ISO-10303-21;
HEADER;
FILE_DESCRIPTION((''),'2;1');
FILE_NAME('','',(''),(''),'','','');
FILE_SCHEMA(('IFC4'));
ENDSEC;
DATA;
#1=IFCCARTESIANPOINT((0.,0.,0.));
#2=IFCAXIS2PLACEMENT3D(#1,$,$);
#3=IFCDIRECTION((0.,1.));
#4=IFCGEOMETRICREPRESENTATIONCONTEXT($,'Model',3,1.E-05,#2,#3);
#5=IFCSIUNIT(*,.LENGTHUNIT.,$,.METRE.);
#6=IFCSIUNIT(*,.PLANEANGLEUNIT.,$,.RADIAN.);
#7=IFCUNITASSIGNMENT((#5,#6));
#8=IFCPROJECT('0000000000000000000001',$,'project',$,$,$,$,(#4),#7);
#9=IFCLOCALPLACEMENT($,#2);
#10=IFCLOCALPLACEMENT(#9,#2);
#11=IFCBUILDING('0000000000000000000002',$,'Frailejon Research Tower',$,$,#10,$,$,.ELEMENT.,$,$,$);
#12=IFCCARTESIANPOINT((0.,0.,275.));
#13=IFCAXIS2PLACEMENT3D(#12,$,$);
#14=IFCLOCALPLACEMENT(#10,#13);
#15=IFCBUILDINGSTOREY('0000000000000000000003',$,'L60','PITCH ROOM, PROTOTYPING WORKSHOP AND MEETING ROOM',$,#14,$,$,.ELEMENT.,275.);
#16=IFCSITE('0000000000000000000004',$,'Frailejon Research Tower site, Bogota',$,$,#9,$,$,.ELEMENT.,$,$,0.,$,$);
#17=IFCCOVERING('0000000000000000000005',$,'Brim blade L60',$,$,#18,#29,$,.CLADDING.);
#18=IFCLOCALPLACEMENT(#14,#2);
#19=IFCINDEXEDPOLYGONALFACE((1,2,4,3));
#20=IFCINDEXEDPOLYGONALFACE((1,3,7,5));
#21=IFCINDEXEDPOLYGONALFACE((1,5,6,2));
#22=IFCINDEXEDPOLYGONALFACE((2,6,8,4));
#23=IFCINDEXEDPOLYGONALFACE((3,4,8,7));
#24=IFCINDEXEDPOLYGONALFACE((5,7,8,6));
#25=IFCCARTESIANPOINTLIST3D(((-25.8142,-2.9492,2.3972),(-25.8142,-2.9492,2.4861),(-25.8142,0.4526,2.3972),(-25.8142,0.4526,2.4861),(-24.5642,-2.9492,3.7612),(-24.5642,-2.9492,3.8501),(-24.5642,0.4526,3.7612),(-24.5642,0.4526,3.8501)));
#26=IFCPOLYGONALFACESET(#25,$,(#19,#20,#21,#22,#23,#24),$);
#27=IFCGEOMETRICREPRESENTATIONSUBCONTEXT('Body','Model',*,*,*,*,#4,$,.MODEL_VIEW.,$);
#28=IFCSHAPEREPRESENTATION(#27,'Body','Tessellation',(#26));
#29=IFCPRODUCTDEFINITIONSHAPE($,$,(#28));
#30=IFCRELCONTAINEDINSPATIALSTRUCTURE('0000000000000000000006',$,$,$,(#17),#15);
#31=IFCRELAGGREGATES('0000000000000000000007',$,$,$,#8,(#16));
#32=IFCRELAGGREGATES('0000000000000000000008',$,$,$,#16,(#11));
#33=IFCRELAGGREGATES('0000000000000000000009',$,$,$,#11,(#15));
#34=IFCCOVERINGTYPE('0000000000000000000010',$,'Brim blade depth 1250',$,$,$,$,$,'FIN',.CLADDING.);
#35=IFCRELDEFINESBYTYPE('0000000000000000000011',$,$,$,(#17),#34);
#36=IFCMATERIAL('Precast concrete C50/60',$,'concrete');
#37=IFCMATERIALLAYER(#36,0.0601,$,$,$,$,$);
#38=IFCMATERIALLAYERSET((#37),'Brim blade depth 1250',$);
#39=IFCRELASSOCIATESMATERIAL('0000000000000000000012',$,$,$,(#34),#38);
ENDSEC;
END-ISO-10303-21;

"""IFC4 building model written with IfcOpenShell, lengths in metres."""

from ifc_helpers import new_model, si_unit, direction, frame, origin, place, context, subcontext, project, spatial, polyline, outline, extrude, material, layer, layer_set, type_object, element, save


model = new_model("IFC4")

# Units and contexts
model_context = context("Model", 3, precision=1e-05, world=origin(), true_north=direction((0.0, 1.0)))
body_context = subcontext(model_context, "Body", "Model", "MODEL_VIEW")
ifc_project = project(units=[si_unit("LENGTHUNIT", "METRE"), si_unit("PLANEANGLEUNIT", "RADIAN")], contexts=[model_context])

# Site, building, storey
site_placement = place(None, origin())
site = spatial("IfcSite", under=ifc_project, at=site_placement, Name="Frailejon Research Tower site, Bogota", CompositionType="ELEMENT", RefElevation=0.0)
building_placement = place(site_placement, origin())
building = spatial("IfcBuilding", under=site, at=building_placement, Name="Frailejon Research Tower", CompositionType="ELEMENT")
storey_placement = place(building_placement, frame((0.0, 0.0, 275.0)))
storey = spatial("IfcBuildingStorey", under=building, at=storey_placement, Name="L60", Description="PITCH ROOM, PROTOTYPING WORKSHOP AND MEETING ROOM", CompositionType="ELEMENT", Elevation=275.0)

# Covering
ifc_material_1 = material(Name="Precast concrete C50/60", Category="concrete")
ifc_layer_1 = layer(ifc_material_1, 0.0601)
ifc_layer_set_1 = layer_set([ifc_layer_1], Name="Brim blade depth 1250")
covering_type_1 = type_object("IfcCoveringType", Name="Brim blade depth 1250", ElementType="FIN", PredefinedType="CLADDING", material=ifc_layer_set_1)
covering_placement = place(storey_placement, frame((-24.5642, -2.9492, 3.8501), z_axis=(0.0, 1.0, 0.0), x_axis=(-1.0, 0.0, 0.0)))
element("IfcCovering", 1, at=covering_placement, inside=storey, type_object=covering_type_1, Name="Brim blade L60", PredefinedType="CLADDING", context=body_context, shape_type="SweptSolid", body=[
    extrude(outline(polyline([(0.0, -0.0889), (1.25, -1.4529), (1.25, -1.364), (0.0, 0.0), (0.0, -0.0889)])), origin(), (0.0, 0.0, 1.0), 3.4019),
])

save(model, "model.ifc")
